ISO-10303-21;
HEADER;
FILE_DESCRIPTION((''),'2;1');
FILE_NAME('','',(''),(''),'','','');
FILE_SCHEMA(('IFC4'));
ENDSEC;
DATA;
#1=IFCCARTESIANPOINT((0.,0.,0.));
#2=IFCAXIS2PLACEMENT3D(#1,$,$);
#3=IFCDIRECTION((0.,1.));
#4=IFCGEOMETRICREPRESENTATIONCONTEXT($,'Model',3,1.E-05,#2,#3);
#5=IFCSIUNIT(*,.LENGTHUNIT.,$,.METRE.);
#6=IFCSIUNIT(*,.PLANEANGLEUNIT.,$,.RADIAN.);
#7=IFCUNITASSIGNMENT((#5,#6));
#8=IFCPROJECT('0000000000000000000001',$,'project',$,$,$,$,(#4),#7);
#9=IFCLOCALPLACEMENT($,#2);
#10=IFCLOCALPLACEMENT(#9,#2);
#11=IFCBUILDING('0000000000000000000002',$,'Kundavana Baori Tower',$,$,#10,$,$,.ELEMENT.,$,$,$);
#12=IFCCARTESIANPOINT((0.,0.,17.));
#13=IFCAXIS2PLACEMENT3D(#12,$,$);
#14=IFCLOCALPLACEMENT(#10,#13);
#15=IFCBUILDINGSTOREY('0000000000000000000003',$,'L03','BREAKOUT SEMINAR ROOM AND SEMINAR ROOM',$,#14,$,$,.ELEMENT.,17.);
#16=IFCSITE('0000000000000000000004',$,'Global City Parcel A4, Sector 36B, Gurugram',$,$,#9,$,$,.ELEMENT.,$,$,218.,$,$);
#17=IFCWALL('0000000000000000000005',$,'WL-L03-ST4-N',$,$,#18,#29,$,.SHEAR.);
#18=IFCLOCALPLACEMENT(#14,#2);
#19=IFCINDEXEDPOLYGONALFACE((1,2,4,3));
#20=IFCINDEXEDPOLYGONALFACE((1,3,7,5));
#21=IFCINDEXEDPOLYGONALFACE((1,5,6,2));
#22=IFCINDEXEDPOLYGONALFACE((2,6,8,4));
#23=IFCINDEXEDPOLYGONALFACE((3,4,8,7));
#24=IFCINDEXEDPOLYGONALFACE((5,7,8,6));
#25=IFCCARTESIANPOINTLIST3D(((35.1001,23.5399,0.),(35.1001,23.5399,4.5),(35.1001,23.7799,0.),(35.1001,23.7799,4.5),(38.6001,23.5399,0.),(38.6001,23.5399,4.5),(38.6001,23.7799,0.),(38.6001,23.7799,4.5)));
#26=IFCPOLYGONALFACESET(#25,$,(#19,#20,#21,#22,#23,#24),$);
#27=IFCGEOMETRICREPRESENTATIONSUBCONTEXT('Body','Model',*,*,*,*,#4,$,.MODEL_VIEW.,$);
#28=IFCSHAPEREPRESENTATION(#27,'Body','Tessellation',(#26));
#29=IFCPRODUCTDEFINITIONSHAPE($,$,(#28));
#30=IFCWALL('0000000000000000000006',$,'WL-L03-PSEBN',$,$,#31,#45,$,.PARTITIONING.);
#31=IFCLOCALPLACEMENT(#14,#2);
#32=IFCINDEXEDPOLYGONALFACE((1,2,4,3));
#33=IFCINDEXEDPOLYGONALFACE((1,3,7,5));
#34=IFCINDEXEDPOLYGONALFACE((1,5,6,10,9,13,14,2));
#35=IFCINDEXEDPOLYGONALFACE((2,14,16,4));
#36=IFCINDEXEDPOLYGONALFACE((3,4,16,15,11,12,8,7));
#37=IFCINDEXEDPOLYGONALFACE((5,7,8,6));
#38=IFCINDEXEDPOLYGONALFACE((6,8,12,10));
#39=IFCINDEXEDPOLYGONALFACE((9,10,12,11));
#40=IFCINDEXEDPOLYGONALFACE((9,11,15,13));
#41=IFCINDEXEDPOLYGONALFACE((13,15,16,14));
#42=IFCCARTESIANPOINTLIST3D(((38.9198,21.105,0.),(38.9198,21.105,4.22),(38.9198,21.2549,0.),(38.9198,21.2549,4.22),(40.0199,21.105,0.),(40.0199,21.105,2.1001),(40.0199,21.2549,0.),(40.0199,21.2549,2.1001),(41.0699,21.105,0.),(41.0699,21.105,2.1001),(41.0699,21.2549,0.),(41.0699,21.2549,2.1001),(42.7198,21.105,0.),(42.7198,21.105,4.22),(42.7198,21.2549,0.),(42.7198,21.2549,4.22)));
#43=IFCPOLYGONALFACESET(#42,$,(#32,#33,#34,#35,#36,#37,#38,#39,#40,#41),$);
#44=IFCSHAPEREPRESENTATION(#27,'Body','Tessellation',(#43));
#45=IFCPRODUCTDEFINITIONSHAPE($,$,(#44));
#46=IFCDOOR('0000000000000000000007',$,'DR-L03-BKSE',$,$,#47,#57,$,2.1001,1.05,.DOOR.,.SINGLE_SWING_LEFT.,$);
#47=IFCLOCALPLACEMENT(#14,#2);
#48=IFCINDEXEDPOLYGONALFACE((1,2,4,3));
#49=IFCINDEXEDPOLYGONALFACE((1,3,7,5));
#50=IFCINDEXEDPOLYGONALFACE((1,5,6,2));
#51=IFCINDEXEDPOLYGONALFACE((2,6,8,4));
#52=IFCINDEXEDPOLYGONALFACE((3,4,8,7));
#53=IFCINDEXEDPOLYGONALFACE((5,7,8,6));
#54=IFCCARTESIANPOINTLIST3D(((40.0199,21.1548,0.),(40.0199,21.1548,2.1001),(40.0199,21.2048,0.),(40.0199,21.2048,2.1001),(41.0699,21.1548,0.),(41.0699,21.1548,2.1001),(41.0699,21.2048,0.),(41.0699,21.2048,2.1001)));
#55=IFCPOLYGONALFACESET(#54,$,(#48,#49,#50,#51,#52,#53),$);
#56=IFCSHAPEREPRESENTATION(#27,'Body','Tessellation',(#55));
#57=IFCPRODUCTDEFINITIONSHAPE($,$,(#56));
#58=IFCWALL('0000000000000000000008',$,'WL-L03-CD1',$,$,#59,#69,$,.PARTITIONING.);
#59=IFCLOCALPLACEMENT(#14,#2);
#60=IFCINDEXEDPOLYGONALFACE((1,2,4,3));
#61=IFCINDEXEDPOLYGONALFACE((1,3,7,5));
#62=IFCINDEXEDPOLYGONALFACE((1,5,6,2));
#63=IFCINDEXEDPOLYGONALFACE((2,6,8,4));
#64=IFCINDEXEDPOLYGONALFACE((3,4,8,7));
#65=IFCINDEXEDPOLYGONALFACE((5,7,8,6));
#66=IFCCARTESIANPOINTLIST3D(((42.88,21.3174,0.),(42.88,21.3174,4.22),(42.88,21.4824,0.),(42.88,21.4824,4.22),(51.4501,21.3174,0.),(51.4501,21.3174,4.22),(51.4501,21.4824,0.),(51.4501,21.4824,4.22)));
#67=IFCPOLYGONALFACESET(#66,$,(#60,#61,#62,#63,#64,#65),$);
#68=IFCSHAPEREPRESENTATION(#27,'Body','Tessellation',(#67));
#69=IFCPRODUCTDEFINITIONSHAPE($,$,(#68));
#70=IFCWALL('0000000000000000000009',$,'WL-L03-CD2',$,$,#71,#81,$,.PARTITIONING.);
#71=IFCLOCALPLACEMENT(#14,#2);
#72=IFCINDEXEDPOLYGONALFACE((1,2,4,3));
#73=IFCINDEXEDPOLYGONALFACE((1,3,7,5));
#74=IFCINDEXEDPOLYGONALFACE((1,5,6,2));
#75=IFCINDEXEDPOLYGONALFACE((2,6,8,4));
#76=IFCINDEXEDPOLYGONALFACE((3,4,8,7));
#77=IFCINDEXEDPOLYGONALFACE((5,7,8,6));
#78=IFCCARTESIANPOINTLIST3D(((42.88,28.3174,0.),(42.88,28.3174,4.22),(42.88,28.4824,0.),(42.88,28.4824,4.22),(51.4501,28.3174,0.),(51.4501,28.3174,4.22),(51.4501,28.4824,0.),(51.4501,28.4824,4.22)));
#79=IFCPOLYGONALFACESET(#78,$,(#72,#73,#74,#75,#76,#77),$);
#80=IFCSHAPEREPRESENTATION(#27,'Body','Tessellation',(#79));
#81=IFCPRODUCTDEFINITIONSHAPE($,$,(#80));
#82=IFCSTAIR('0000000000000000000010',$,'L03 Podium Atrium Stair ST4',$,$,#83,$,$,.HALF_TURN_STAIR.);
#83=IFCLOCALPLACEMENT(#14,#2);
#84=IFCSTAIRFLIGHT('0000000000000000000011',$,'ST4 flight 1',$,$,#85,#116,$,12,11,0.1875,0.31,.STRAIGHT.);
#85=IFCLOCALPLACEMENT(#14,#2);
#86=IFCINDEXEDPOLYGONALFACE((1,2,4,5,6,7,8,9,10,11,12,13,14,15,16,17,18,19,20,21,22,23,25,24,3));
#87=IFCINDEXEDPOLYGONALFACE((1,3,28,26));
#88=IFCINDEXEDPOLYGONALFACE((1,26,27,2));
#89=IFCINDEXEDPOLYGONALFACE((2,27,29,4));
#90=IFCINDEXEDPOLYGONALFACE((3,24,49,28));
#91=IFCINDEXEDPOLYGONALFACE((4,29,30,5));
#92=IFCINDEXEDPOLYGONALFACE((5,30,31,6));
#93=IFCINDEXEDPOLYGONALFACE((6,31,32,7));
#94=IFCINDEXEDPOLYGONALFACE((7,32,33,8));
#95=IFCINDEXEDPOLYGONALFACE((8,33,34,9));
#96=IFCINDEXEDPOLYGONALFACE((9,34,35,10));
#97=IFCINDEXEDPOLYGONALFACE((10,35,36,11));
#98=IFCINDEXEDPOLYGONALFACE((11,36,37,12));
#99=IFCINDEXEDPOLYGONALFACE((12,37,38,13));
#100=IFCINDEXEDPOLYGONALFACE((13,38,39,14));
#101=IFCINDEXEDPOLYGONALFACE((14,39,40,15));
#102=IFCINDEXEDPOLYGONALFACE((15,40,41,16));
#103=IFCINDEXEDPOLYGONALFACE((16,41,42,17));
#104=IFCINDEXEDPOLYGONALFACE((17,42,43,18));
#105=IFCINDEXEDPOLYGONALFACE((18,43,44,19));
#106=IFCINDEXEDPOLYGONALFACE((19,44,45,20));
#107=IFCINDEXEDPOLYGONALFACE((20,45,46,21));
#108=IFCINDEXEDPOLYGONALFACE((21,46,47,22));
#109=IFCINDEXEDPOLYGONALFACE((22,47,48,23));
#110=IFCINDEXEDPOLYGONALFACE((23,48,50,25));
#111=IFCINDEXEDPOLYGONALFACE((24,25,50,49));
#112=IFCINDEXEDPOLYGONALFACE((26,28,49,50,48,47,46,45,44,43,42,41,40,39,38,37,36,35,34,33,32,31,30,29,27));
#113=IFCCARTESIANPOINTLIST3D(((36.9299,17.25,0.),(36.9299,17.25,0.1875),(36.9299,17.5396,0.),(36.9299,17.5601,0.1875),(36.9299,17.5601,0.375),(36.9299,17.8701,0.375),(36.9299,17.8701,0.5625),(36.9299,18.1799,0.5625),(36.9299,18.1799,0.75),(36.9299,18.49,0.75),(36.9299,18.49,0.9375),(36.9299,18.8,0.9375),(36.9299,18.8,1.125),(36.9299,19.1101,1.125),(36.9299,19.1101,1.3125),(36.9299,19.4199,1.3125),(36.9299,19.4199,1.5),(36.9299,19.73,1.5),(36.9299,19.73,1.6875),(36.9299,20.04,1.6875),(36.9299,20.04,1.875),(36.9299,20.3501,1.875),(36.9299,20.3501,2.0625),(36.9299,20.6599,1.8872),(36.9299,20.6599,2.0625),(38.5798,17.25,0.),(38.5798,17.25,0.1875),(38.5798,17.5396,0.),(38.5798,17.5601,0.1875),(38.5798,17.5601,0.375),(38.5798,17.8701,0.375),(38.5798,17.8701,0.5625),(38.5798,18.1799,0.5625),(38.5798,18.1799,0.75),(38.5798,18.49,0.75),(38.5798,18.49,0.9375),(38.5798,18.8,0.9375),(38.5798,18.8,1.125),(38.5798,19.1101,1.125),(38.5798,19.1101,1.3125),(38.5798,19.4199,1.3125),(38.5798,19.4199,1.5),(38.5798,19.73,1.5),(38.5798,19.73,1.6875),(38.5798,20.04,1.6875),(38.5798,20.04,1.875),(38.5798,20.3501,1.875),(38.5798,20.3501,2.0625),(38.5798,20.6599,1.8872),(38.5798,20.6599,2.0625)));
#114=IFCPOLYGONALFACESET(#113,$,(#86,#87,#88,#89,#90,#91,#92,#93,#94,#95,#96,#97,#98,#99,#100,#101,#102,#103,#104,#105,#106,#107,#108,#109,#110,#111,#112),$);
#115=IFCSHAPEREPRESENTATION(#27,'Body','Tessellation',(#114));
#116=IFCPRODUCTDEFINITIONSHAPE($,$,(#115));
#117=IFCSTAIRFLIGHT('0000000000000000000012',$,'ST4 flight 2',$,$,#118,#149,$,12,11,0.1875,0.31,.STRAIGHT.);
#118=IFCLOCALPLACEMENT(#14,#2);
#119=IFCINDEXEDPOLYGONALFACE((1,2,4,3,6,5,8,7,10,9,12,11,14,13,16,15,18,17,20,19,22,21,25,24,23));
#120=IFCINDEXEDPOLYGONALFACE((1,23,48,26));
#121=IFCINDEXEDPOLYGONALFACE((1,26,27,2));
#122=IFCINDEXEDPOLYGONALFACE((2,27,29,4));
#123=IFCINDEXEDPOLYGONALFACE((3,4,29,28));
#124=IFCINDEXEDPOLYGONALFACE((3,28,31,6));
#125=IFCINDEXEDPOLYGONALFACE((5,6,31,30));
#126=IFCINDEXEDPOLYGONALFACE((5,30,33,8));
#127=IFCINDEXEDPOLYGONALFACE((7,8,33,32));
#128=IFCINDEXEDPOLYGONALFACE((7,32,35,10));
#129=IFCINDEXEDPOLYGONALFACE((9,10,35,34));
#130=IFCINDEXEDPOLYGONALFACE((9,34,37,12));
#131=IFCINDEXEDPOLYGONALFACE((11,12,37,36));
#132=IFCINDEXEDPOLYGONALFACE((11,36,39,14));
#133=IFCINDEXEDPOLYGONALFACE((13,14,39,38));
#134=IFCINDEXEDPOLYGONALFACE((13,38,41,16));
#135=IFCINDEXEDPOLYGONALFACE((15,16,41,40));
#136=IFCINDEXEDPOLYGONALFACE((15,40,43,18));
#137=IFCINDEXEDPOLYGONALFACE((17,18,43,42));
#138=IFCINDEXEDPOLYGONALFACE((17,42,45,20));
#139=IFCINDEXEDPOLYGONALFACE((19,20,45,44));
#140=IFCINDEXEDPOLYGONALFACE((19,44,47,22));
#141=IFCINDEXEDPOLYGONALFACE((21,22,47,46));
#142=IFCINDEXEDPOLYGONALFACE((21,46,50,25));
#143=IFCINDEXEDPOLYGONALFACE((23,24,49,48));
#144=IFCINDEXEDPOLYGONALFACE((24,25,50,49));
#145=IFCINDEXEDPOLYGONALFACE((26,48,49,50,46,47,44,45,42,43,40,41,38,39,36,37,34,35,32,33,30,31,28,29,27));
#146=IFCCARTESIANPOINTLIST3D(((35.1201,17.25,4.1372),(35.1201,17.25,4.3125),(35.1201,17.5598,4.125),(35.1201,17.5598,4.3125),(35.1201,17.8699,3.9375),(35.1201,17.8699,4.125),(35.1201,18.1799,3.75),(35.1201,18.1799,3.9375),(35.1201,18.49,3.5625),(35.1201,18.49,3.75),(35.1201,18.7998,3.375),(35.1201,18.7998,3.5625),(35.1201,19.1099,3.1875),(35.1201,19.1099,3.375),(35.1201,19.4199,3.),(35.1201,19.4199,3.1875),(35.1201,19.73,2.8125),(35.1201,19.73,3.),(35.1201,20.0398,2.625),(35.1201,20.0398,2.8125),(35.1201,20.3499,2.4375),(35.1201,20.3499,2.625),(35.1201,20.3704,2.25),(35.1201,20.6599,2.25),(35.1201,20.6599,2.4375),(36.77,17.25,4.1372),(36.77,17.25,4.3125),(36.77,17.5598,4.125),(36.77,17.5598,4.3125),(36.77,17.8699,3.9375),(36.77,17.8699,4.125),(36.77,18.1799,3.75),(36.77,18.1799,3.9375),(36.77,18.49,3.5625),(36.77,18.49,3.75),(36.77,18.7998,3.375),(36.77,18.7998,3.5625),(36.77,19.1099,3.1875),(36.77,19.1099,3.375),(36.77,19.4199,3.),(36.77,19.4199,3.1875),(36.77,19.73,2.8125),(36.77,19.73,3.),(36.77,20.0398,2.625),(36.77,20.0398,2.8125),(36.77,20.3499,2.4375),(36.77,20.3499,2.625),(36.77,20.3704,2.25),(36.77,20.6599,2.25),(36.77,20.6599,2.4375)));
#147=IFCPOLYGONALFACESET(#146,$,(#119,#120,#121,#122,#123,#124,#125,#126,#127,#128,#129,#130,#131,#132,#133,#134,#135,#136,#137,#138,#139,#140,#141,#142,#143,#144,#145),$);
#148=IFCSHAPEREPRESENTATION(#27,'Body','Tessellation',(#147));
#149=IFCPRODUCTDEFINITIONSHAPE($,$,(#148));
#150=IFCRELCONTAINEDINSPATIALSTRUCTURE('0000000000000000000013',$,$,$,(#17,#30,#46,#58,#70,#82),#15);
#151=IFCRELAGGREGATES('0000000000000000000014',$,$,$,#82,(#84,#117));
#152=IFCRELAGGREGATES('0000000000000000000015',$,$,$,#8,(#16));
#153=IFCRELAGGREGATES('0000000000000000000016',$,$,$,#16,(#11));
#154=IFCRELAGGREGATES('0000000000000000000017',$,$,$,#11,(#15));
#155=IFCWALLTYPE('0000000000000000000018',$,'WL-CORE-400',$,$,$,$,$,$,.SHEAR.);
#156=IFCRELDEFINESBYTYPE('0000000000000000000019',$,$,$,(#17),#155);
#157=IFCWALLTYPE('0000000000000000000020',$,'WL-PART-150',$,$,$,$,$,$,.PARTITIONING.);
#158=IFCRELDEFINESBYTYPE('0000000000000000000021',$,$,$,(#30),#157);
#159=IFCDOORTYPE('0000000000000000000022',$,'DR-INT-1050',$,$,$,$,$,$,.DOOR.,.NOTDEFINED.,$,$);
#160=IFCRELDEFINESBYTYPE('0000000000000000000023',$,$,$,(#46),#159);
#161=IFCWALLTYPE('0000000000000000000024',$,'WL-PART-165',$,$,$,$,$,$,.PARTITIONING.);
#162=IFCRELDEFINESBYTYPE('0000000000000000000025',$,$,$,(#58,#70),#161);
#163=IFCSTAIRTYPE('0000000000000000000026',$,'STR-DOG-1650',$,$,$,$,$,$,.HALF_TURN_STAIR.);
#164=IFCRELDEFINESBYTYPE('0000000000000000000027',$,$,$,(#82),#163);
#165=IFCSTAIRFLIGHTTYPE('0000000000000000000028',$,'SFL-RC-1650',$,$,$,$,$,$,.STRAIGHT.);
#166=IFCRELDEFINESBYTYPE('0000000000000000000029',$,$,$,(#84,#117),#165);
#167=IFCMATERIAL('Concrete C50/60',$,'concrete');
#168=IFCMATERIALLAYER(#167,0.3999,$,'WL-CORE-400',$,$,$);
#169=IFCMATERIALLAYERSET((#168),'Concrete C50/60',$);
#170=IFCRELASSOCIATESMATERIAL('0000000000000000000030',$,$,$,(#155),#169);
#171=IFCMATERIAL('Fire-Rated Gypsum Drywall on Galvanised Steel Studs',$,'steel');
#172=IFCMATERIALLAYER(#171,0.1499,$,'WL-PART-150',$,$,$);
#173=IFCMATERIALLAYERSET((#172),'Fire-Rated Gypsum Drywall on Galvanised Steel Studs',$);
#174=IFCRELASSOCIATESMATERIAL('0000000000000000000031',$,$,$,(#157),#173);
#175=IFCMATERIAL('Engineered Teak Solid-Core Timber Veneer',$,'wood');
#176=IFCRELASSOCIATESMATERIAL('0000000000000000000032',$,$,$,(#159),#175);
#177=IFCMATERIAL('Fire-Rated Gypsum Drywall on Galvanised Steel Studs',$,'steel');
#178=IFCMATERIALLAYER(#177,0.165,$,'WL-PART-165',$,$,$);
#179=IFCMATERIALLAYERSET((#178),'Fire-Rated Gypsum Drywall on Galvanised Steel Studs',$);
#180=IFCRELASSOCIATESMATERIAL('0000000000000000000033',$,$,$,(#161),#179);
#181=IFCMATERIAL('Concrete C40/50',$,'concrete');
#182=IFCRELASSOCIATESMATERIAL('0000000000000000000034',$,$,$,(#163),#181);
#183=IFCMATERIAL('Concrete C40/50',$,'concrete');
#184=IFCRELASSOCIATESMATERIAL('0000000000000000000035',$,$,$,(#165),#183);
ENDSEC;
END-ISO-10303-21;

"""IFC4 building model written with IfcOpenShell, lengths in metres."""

from ifc_helpers import new_model, si_unit, direction, frame, frame_2d, origin, place, context, subcontext, project, spatial, polyline, rectangle, outline, extrude, material, layer, layer_set, type_object, element, fill, aggregate, save


model = new_model("IFC4")

# Units and contexts
model_context = context("Model", 3, precision=1e-05, world=origin(), true_north=direction((0.0, 1.0)))
body_context = subcontext(model_context, "Body", "Model", "MODEL_VIEW")
ifc_project = project(units=[si_unit("LENGTHUNIT", "METRE"), si_unit("PLANEANGLEUNIT", "RADIAN")], contexts=[model_context])

# Site, building, storey
site_placement = place(None, origin())
site = spatial("IfcSite", under=ifc_project, at=site_placement, Name="Global City Parcel A4, Sector 36B, Gurugram", CompositionType="ELEMENT", RefElevation=218.0)
building_placement = place(site_placement, origin())
building = spatial("IfcBuilding", under=site, at=building_placement, Name="Kundavana Baori Tower", CompositionType="ELEMENT")
storey_placement = place(building_placement, frame((0.0, 0.0, 17.0)))
storey = spatial("IfcBuildingStorey", under=building, at=storey_placement, Name="L03", Description="BREAKOUT SEMINAR ROOM AND SEMINAR ROOM", CompositionType="ELEMENT", Elevation=17.0)

# Wall
ifc_material_1 = material(Name="Concrete C50/60", Category="concrete")
ifc_layer_1 = layer(ifc_material_1, 0.3999, Name="WL-CORE-400")
ifc_layer_set_1 = layer_set([ifc_layer_1], Name="Concrete C50/60")
wall_type_1 = type_object("IfcWallType", Name="WL-CORE-400", PredefinedType="SHEAR", material=ifc_layer_set_1)
wall_1_placement = place(storey_placement, frame((35.1001, 23.6599, 0.0), z_axis=(0.0, 0.0, 1.0), x_axis=(1.0, 0.0, 0.0)))
element("IfcWall", 1, at=wall_1_placement, inside=storey, type_object=wall_type_1, Name="WL-L03-ST4-N", PredefinedType="SHEAR", context=body_context, shape_type="SweptSolid", body=[
    extrude(rectangle(XDim=3.5, YDim=0.24, at=frame_2d((1.75, 0.0))), origin(), (0.0, 0.0, 1.0), 4.5),
])

# Wall, opening, door
ifc_material_2 = material(Name="Fire-Rated Gypsum Drywall on Galvanised Steel Studs", Category="steel")
ifc_layer_2 = layer(ifc_material_2, 0.1499, Name="WL-PART-150")
ifc_layer_set_2 = layer_set([ifc_layer_2], Name="Fire-Rated Gypsum Drywall on Galvanised Steel Studs")
wall_type_2 = type_object("IfcWallType", Name="WL-PART-150", PredefinedType="PARTITIONING", material=ifc_layer_set_2)
wall_2_placement = place(storey_placement, frame((38.9199, 21.1799, 0.0), z_axis=(0.0, 0.0, 1.0), x_axis=(1.0, 0.0, 0.0)))
wall_2 = element("IfcWall", 2, at=wall_2_placement, inside=storey, type_object=wall_type_2, Name="WL-L03-PSEBN", PredefinedType="PARTITIONING", context=body_context, shape_type="SweptSolid", body=[
    extrude(rectangle(XDim=3.8, YDim=0.1499, at=frame_2d((1.8999, 0.0))), origin(), (0.0, 0.0, 1.0), 4.22),
])
opening_placement = place(wall_2_placement, frame((1.1001, 0.0, 0.0)))
opening = element("IfcOpeningElement", 3, at=opening_placement, cuts=wall_2, PredefinedType="OPENING", context=body_context, shape_type="SweptSolid", body=[
    extrude(rectangle(XDim=1.05, YDim=2.1001, at=frame_2d((0.5249, 1.05))), frame((0.0, 0.085, 0.0), z_axis=(0.0, -1.0, 0.0), x_axis=(1.0, 0.0, 0.0)), (0.0, 0.0, 1.0), 0.1699),
])
ifc_material_3 = material(Name="Engineered Teak Solid-Core Timber Veneer", Category="wood")
door_type = type_object("IfcDoorType", Name="DR-INT-1050", OperationType="NOTDEFINED", PredefinedType="DOOR", material=ifc_material_3)
door_placement = place(opening_placement, origin())
door = element("IfcDoor", 4, at=door_placement, inside=storey, type_object=door_type, Name="DR-L03-BKSE", OperationType="SINGLE_SWING_LEFT", OverallHeight=2.1001, OverallWidth=1.05, PredefinedType="DOOR", context=body_context, shape_type="SweptSolid", body=[
    extrude(rectangle(XDim=1.05, YDim=2.1001, at=frame_2d((0.5249, 1.05))), frame((0.0, 0.0249, 0.0), z_axis=(0.0, -1.0, 0.0), x_axis=(1.0, 0.0, 0.0)), (0.0, 0.0, 1.0), 0.05),
])
fill(opening, door)

# Walls
ifc_material_4 = material(Name="Fire-Rated Gypsum Drywall on Galvanised Steel Studs", Category="steel")
ifc_layer_3 = layer(ifc_material_4, 0.165, Name="WL-PART-165")
ifc_layer_set_3 = layer_set([ifc_layer_3], Name="Fire-Rated Gypsum Drywall on Galvanised Steel Studs")
wall_type_3 = type_object("IfcWallType", Name="WL-PART-165", PredefinedType="PARTITIONING", material=ifc_layer_set_3)
for number, where, z_axis, x_axis, name in (
    (5, (42.8799, 21.3999, 0.0), (0.0, 0.0, 1.0), (1.0, 0.0, 0.0), "WL-L03-CD1"),
    (6, (42.8799, 28.3999, 0.0), (0.0, 0.0, 1.0), (1.0, 0.0, 0.0), "WL-L03-CD2"),
):
    element("IfcWall", number, at=place(storey_placement, frame(where, z_axis=z_axis, x_axis=x_axis)), inside=storey, type_object=wall_type_3, Name=name, PredefinedType="PARTITIONING", context=body_context, shape_type="SweptSolid", body=[
        extrude(rectangle(XDim=8.5701, YDim=0.165, at=frame_2d((4.2852, 0.0))), origin(), (0.0, 0.0, 1.0), 4.22),
    ])

# Stair, stair flights
ifc_material_5 = material(Name="Concrete C40/50", Category="concrete")
stair_type = type_object("IfcStairType", Name="STR-DOG-1650", PredefinedType="HALF_TURN_STAIR", material=ifc_material_5)
stair_placement = place(storey_placement, origin())
stair = element("IfcStair", 7, at=stair_placement, inside=storey, type_object=stair_type, Name="L03 Podium Atrium Stair ST4", PredefinedType="HALF_TURN_STAIR")
ifc_material_6 = material(Name="Concrete C40/50", Category="concrete")
stair_flight_type = type_object("IfcStairFlightType", Name="SFL-RC-1650", PredefinedType="STRAIGHT", material=ifc_material_6)
stair_flight_1_placement = place(storey_placement, frame((37.7549, 17.25, 0.0), z_axis=(0.0, 0.0, 1.0), x_axis=(0.0, 1.0, 0.0)))
stair_flight_1 = element("IfcStairFlight", 8, at=stair_flight_1_placement, type_object=stair_flight_type, Name="ST4 flight 1", NumberOfRisers=12, NumberOfTreads=11, PredefinedType="STRAIGHT", RiserHeight=0.1875, TreadLength=0.31, context=body_context, shape_type="SweptSolid", body=[
    extrude(outline(polyline([(0.0, 0.0), (0.0, 0.1875), (0.3101, 0.1875), (0.3101, 0.375), (0.6201, 0.375), (0.6201, 0.5625), (0.9299, 0.5625), (0.9299, 0.75), (1.24, 0.75), (1.24, 0.9375), (1.55, 0.9375), (1.55, 1.125), (1.8601, 1.125), (1.8601, 1.3125), (2.1699, 1.3125), (2.1699, 1.5), (2.48, 1.5), (2.48, 1.6875), (2.79, 1.6875), (2.79, 1.875), (3.1001, 1.875), (3.1001, 2.0625), (3.4099, 2.0625), (3.4099, 2.25), (3.4099, 1.8872), (0.2896, 0.0), (0.0, 0.0)])), frame((0.0, 0.825, 0.0), z_axis=(0.0, -1.0, 0.0), x_axis=(1.0, 0.0, 0.0)), (0.0, 0.0, 1.0), 1.6499),
])
stair_flight_2_placement = place(storey_placement, frame((35.9451, 20.6599, 2.25), z_axis=(0.0, 0.0, 1.0), x_axis=(0.0, -1.0, 0.0)))
stair_flight_2 = element("IfcStairFlight", 9, at=stair_flight_2_placement, type_object=stair_flight_type, Name="ST4 flight 2", NumberOfRisers=12, NumberOfTreads=11, PredefinedType="STRAIGHT", RiserHeight=0.1875, TreadLength=0.31, context=body_context, shape_type="SweptSolid", body=[
    extrude(outline(polyline([(0.0, 0.0), (0.0, 0.1875), (0.3101, 0.1875), (0.3101, 0.375), (0.6201, 0.375), (0.6201, 0.5625), (0.9299, 0.5625), (0.9299, 0.75), (1.24, 0.75), (1.24, 0.9375), (1.55, 0.9375), (1.55, 1.125), (1.8601, 1.125), (1.8601, 1.3125), (2.1699, 1.3125), (2.1699, 1.5), (2.48, 1.5), (2.48, 1.6875), (2.79, 1.6875), (2.79, 1.875), (3.1001, 1.875), (3.1001, 2.0625), (3.4099, 2.0625), (3.4099, 2.25), (3.4099, 1.8872), (0.2896, 0.0), (0.0, 0.0)])), frame((0.0, 0.825, 0.0), z_axis=(0.0, -1.0, 0.0), x_axis=(1.0, 0.0, 0.0)), (0.0, 0.0, 1.0), 1.6499),
])
aggregate(stair, [stair_flight_1, stair_flight_2])

save(model, "model.ifc")
